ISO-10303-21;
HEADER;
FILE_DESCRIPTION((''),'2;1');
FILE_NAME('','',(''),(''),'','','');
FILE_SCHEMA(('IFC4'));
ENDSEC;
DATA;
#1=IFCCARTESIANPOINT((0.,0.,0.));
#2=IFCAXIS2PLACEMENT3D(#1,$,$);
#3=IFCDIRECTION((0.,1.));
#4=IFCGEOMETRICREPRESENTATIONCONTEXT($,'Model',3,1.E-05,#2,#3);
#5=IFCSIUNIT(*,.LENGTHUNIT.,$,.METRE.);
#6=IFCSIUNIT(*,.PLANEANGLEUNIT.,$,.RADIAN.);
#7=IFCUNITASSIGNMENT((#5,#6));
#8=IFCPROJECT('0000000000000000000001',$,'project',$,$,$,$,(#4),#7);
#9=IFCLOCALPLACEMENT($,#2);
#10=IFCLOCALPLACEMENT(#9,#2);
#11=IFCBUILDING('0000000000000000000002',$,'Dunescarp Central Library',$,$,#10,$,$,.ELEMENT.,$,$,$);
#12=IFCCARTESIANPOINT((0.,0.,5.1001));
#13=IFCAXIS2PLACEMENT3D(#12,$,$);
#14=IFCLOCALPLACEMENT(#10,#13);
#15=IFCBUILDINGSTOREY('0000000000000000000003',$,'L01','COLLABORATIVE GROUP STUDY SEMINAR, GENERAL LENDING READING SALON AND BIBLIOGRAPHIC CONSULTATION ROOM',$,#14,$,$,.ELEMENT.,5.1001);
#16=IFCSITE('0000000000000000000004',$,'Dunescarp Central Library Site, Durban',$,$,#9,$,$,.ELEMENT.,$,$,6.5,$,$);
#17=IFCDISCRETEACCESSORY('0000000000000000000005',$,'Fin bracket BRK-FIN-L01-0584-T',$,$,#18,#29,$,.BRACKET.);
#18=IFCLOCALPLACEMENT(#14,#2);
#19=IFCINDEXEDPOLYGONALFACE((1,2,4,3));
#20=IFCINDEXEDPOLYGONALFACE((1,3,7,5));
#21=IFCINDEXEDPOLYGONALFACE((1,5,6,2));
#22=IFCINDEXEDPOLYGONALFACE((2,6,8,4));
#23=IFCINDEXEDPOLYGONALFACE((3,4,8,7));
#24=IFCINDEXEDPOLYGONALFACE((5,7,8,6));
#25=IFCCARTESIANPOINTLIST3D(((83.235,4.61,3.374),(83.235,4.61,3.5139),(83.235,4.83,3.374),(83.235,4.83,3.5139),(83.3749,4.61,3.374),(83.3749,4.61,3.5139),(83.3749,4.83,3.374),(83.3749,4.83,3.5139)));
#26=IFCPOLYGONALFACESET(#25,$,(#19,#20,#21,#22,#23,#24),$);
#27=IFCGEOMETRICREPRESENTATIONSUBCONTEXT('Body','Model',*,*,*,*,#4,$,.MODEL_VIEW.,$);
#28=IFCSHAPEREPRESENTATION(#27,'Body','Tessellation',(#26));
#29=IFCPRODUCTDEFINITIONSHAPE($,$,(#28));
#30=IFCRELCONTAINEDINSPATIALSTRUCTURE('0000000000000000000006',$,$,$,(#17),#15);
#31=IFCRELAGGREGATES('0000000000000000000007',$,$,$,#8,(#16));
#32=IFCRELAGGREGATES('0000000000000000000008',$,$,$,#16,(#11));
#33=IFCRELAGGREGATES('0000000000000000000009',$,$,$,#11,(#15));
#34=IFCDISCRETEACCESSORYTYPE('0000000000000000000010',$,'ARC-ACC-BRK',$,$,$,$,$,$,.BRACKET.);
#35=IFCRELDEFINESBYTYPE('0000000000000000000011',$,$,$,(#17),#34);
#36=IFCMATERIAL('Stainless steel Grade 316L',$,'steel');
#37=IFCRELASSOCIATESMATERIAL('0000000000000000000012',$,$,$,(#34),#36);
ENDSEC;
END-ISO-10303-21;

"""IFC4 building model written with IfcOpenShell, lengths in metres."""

from ifc_helpers import new_model, si_unit, direction, frame, origin, origin_2d, place, context, subcontext, project, spatial, rectangle, extrude, material, type_object, element, save


model = new_model("IFC4")

# Units and contexts
model_context = context("Model", 3, precision=1e-05, world=origin(), true_north=direction((0.0, 1.0)))
body_context = subcontext(model_context, "Body", "Model", "MODEL_VIEW")
ifc_project = project(units=[si_unit("LENGTHUNIT", "METRE"), si_unit("PLANEANGLEUNIT", "RADIAN")], contexts=[model_context])

# Site, building, storey
site_placement = place(None, origin())
site = spatial("IfcSite", under=ifc_project, at=site_placement, Name="Dunescarp Central Library Site, Durban", CompositionType="ELEMENT", RefElevation=6.5)
building_placement = place(site_placement, origin())
building = spatial("IfcBuilding", under=site, at=building_placement, Name="Dunescarp Central Library", CompositionType="ELEMENT")
storey_placement = place(building_placement, frame((0.0, 0.0, 5.1001)))
storey = spatial("IfcBuildingStorey", under=building, at=storey_placement, Name="L01", Description="COLLABORATIVE GROUP STUDY SEMINAR, GENERAL LENDING READING SALON AND BIBLIOGRAPHIC CONSULTATION ROOM", CompositionType="ELEMENT", Elevation=5.1001)

# Discrete accessory
ifc_material_1 = material(Name="Stainless steel Grade 316L", Category="steel")
discrete_accessory_type = type_object("IfcDiscreteAccessoryType", Name="ARC-ACC-BRK", PredefinedType="BRACKET", material=ifc_material_1)
for number, where, z_axis, x_axis, name in (
    (1, (83.3049, 4.72, 3.374), (0.0, 0.0, 1.0), (0.0, -1.0, 0.0), "Fin bracket BRK-FIN-L01-0584-T"),
):
    element("IfcDiscreteAccessory", number, at=place(storey_placement, frame(where, z_axis=z_axis, x_axis=x_axis)), inside=storey, type_object=discrete_accessory_type, Name=name, PredefinedType="BRACKET", context=body_context, shape_type="SweptSolid", body=[
        extrude(rectangle(XDim=0.22, YDim=0.1399, at=origin_2d()), origin(), (0.0, 0.0, 1.0), 0.1399),
    ])

save(model, "model.ifc")
